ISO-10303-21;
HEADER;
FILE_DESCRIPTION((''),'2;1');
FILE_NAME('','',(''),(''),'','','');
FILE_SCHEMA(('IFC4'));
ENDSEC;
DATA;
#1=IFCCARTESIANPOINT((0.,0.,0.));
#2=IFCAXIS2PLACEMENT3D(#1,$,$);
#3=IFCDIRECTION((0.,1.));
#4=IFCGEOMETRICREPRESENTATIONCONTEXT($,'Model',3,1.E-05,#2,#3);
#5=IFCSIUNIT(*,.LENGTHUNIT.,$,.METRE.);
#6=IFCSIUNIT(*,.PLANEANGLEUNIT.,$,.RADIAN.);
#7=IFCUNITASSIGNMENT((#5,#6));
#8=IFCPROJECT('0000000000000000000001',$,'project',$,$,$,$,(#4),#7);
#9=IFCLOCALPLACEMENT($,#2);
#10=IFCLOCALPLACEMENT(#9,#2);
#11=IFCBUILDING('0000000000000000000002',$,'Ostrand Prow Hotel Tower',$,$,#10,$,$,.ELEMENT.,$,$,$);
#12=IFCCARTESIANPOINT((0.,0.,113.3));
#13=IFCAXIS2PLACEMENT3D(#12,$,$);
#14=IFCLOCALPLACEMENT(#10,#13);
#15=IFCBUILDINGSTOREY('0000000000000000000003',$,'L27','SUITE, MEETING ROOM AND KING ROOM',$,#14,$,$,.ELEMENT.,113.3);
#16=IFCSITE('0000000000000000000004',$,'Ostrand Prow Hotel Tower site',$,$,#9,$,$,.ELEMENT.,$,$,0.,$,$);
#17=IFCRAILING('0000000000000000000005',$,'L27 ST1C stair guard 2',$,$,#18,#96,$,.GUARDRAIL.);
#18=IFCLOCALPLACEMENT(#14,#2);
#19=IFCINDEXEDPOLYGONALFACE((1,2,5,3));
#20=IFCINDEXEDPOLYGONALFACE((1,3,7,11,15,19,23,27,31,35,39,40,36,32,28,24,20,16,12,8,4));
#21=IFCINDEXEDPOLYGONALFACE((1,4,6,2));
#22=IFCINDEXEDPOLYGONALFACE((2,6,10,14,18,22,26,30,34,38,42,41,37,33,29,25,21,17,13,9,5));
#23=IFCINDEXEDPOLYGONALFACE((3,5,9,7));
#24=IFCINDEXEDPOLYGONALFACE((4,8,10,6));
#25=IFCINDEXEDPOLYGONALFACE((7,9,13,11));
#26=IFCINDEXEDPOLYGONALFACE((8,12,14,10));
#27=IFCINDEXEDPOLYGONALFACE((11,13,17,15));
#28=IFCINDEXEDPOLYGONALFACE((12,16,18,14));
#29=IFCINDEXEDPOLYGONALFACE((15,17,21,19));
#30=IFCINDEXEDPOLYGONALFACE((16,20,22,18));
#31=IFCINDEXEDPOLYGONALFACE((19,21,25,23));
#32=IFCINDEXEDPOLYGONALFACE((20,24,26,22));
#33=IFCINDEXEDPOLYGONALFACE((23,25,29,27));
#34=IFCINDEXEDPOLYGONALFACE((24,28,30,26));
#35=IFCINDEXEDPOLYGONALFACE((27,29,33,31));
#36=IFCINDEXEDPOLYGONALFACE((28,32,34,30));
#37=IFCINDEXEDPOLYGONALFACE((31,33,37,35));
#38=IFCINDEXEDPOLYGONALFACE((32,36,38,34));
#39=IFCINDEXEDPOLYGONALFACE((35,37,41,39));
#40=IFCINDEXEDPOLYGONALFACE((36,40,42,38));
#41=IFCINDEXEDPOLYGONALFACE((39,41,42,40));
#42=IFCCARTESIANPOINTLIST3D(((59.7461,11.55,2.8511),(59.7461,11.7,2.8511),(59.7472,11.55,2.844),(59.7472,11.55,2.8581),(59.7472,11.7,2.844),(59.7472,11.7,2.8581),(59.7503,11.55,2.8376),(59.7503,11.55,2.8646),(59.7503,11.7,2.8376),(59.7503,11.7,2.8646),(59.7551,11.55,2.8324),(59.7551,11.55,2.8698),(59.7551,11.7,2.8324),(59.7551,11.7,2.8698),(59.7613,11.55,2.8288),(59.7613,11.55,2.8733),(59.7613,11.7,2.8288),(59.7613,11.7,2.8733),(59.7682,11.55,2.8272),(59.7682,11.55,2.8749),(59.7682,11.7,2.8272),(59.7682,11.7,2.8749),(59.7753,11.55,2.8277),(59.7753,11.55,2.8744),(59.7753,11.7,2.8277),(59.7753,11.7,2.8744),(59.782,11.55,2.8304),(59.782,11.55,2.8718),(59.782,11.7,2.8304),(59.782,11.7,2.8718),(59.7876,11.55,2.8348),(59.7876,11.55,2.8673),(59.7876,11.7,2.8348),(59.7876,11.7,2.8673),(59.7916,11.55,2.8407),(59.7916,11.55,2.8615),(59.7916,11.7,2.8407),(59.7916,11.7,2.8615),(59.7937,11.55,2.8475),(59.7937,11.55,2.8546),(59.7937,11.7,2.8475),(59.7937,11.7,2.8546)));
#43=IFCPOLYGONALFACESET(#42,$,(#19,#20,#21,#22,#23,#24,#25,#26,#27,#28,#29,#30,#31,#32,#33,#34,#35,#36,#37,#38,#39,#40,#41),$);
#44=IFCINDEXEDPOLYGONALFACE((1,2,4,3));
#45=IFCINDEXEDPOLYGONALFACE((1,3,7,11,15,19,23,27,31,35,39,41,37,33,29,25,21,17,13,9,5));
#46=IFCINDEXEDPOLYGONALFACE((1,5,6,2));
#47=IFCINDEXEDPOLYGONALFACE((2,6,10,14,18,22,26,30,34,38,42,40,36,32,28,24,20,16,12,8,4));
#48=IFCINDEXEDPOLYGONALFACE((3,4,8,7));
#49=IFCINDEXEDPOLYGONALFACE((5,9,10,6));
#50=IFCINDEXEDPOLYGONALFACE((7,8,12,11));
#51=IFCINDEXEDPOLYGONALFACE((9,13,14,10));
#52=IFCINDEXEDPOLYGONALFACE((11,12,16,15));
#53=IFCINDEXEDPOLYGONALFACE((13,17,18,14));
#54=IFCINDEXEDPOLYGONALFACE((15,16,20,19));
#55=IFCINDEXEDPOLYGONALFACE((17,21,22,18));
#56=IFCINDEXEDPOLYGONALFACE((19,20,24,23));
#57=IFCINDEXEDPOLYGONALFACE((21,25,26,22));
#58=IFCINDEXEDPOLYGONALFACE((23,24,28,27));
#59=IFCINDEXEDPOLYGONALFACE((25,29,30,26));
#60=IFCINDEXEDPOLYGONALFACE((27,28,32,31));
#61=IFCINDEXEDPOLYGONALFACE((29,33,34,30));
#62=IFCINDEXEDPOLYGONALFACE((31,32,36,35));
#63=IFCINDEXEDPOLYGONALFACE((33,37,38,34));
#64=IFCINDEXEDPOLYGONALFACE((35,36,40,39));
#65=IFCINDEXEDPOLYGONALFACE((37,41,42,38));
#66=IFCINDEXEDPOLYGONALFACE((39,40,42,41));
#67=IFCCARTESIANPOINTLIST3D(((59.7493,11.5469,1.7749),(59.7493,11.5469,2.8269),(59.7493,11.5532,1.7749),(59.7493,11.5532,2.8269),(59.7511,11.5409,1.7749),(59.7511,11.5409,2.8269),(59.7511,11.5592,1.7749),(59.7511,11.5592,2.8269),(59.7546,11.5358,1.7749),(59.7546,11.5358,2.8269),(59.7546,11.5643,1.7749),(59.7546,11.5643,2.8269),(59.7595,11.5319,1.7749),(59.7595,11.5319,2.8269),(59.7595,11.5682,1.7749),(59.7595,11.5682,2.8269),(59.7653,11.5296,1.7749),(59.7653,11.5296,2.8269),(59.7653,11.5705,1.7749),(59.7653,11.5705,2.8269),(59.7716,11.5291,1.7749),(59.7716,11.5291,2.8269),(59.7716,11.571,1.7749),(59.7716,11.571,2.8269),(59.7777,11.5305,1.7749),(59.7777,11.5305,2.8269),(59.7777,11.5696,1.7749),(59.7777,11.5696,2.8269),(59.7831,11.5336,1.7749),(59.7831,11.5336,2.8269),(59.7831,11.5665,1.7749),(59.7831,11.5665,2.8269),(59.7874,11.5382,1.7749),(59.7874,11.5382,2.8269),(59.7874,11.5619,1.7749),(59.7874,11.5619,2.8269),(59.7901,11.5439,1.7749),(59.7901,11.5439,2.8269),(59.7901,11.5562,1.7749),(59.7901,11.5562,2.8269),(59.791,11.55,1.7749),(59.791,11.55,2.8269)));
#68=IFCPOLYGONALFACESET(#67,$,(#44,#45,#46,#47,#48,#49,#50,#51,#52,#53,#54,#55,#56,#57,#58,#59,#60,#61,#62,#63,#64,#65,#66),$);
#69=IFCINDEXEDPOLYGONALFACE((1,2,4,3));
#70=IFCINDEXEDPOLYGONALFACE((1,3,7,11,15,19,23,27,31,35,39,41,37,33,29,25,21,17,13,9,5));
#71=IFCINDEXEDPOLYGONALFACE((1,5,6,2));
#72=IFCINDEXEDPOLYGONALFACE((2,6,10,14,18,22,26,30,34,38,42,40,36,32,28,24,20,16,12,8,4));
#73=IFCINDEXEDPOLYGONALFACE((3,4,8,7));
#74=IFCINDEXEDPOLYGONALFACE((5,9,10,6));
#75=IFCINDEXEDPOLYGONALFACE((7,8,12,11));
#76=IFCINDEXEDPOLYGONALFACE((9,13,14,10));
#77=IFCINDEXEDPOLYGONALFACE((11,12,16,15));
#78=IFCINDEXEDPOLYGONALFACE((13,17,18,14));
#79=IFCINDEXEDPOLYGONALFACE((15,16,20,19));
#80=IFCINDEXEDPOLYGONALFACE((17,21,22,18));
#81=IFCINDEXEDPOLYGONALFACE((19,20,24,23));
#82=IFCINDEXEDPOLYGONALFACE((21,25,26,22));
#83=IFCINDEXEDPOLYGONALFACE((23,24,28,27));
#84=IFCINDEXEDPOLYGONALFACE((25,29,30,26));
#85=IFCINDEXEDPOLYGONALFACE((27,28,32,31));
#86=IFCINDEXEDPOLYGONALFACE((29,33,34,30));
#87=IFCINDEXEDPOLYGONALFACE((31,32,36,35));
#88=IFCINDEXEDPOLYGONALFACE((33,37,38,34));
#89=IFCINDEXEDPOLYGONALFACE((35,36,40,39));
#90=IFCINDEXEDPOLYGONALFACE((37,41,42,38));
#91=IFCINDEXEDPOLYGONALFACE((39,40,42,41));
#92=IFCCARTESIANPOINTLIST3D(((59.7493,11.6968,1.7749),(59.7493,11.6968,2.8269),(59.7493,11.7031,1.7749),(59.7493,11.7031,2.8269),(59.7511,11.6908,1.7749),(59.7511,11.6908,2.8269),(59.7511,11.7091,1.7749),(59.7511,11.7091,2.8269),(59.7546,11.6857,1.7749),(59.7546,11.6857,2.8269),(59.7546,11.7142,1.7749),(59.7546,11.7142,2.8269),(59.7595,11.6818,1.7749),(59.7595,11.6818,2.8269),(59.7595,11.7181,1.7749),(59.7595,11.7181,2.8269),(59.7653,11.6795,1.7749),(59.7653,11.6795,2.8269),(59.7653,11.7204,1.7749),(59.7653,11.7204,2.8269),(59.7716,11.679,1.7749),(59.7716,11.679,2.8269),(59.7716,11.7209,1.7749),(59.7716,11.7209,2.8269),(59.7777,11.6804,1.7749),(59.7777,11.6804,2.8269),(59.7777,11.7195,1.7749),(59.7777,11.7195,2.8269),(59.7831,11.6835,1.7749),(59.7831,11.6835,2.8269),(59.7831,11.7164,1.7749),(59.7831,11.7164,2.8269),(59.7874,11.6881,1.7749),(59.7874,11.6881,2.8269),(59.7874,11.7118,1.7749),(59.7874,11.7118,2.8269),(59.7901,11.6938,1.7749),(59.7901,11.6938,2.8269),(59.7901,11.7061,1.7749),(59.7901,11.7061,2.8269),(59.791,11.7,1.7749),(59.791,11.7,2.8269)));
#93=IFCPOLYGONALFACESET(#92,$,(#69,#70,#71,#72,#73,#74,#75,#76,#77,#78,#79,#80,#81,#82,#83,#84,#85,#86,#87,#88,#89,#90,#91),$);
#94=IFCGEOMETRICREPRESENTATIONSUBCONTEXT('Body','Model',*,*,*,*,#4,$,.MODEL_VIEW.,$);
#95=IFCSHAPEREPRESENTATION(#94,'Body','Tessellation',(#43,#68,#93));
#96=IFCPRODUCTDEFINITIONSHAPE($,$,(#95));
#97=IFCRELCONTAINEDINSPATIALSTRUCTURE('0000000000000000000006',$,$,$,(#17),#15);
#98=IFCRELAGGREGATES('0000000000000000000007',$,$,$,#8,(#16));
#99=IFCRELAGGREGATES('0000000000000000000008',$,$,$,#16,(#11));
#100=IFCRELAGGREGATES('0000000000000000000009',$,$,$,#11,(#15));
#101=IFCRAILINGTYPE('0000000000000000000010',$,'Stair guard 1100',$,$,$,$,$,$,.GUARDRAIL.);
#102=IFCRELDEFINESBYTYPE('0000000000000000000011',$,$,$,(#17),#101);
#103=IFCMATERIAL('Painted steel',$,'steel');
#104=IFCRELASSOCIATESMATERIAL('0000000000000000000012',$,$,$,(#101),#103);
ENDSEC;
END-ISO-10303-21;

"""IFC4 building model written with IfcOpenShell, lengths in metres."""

from ifc_helpers import new_model, si_unit, direction, frame, origin, origin_2d, place, context, subcontext, project, spatial, circle, extrude, material, type_object, element, save


model = new_model("IFC4")

# Units and contexts
model_context = context("Model", 3, precision=1e-05, world=origin(), true_north=direction((0.0, 1.0)))
body_context = subcontext(model_context, "Body", "Model", "MODEL_VIEW")
ifc_project = project(units=[si_unit("LENGTHUNIT", "METRE"), si_unit("PLANEANGLEUNIT", "RADIAN")], contexts=[model_context])

# Site, building, storey
site_placement = place(None, origin())
site = spatial("IfcSite", under=ifc_project, at=site_placement, Name="Ostrand Prow Hotel Tower site", CompositionType="ELEMENT", RefElevation=0.0)
building_placement = place(site_placement, origin())
building = spatial("IfcBuilding", under=site, at=building_placement, Name="Ostrand Prow Hotel Tower", CompositionType="ELEMENT")
storey_placement = place(building_placement, frame((0.0, 0.0, 113.3)))
storey = spatial("IfcBuildingStorey", under=building, at=storey_placement, Name="L27", Description="SUITE, MEETING ROOM AND KING ROOM", CompositionType="ELEMENT", Elevation=113.3)

# Railing
ifc_material_1 = material(Name="Painted steel", Category="steel")
railing_type_1 = type_object("IfcRailingType", Name="Stair guard 1100", PredefinedType="GUARDRAIL", material=ifc_material_1)
railing_1_placement = place(storey_placement, frame((59.77, 11.55, 1.7749)))
element("IfcRailing", 1, at=railing_1_placement, inside=storey, type_object=railing_type_1, Name="L27 ST1C stair guard 2", PredefinedType="GUARDRAIL", context=body_context, shape_type="SweptSolid", body=[
    extrude(circle(Radius=0.0239, at=origin_2d()), frame((0.0, 0.0, 1.0762), z_axis=(0.0, 1.0, 0.0), x_axis=(-1.0, 0.0, 0.0)), (0.0, 0.0, 1.0), 0.1499),
    extrude(circle(Radius=0.021, at=origin_2d()), origin(), (0.0, 0.0, 1.0), 1.052),
    extrude(circle(Radius=0.021, at=origin_2d()), frame((0.0, 0.1499, 0.0)), (0.0, 0.0, 1.0), 1.052),
])

save(model, "model.ifc")
